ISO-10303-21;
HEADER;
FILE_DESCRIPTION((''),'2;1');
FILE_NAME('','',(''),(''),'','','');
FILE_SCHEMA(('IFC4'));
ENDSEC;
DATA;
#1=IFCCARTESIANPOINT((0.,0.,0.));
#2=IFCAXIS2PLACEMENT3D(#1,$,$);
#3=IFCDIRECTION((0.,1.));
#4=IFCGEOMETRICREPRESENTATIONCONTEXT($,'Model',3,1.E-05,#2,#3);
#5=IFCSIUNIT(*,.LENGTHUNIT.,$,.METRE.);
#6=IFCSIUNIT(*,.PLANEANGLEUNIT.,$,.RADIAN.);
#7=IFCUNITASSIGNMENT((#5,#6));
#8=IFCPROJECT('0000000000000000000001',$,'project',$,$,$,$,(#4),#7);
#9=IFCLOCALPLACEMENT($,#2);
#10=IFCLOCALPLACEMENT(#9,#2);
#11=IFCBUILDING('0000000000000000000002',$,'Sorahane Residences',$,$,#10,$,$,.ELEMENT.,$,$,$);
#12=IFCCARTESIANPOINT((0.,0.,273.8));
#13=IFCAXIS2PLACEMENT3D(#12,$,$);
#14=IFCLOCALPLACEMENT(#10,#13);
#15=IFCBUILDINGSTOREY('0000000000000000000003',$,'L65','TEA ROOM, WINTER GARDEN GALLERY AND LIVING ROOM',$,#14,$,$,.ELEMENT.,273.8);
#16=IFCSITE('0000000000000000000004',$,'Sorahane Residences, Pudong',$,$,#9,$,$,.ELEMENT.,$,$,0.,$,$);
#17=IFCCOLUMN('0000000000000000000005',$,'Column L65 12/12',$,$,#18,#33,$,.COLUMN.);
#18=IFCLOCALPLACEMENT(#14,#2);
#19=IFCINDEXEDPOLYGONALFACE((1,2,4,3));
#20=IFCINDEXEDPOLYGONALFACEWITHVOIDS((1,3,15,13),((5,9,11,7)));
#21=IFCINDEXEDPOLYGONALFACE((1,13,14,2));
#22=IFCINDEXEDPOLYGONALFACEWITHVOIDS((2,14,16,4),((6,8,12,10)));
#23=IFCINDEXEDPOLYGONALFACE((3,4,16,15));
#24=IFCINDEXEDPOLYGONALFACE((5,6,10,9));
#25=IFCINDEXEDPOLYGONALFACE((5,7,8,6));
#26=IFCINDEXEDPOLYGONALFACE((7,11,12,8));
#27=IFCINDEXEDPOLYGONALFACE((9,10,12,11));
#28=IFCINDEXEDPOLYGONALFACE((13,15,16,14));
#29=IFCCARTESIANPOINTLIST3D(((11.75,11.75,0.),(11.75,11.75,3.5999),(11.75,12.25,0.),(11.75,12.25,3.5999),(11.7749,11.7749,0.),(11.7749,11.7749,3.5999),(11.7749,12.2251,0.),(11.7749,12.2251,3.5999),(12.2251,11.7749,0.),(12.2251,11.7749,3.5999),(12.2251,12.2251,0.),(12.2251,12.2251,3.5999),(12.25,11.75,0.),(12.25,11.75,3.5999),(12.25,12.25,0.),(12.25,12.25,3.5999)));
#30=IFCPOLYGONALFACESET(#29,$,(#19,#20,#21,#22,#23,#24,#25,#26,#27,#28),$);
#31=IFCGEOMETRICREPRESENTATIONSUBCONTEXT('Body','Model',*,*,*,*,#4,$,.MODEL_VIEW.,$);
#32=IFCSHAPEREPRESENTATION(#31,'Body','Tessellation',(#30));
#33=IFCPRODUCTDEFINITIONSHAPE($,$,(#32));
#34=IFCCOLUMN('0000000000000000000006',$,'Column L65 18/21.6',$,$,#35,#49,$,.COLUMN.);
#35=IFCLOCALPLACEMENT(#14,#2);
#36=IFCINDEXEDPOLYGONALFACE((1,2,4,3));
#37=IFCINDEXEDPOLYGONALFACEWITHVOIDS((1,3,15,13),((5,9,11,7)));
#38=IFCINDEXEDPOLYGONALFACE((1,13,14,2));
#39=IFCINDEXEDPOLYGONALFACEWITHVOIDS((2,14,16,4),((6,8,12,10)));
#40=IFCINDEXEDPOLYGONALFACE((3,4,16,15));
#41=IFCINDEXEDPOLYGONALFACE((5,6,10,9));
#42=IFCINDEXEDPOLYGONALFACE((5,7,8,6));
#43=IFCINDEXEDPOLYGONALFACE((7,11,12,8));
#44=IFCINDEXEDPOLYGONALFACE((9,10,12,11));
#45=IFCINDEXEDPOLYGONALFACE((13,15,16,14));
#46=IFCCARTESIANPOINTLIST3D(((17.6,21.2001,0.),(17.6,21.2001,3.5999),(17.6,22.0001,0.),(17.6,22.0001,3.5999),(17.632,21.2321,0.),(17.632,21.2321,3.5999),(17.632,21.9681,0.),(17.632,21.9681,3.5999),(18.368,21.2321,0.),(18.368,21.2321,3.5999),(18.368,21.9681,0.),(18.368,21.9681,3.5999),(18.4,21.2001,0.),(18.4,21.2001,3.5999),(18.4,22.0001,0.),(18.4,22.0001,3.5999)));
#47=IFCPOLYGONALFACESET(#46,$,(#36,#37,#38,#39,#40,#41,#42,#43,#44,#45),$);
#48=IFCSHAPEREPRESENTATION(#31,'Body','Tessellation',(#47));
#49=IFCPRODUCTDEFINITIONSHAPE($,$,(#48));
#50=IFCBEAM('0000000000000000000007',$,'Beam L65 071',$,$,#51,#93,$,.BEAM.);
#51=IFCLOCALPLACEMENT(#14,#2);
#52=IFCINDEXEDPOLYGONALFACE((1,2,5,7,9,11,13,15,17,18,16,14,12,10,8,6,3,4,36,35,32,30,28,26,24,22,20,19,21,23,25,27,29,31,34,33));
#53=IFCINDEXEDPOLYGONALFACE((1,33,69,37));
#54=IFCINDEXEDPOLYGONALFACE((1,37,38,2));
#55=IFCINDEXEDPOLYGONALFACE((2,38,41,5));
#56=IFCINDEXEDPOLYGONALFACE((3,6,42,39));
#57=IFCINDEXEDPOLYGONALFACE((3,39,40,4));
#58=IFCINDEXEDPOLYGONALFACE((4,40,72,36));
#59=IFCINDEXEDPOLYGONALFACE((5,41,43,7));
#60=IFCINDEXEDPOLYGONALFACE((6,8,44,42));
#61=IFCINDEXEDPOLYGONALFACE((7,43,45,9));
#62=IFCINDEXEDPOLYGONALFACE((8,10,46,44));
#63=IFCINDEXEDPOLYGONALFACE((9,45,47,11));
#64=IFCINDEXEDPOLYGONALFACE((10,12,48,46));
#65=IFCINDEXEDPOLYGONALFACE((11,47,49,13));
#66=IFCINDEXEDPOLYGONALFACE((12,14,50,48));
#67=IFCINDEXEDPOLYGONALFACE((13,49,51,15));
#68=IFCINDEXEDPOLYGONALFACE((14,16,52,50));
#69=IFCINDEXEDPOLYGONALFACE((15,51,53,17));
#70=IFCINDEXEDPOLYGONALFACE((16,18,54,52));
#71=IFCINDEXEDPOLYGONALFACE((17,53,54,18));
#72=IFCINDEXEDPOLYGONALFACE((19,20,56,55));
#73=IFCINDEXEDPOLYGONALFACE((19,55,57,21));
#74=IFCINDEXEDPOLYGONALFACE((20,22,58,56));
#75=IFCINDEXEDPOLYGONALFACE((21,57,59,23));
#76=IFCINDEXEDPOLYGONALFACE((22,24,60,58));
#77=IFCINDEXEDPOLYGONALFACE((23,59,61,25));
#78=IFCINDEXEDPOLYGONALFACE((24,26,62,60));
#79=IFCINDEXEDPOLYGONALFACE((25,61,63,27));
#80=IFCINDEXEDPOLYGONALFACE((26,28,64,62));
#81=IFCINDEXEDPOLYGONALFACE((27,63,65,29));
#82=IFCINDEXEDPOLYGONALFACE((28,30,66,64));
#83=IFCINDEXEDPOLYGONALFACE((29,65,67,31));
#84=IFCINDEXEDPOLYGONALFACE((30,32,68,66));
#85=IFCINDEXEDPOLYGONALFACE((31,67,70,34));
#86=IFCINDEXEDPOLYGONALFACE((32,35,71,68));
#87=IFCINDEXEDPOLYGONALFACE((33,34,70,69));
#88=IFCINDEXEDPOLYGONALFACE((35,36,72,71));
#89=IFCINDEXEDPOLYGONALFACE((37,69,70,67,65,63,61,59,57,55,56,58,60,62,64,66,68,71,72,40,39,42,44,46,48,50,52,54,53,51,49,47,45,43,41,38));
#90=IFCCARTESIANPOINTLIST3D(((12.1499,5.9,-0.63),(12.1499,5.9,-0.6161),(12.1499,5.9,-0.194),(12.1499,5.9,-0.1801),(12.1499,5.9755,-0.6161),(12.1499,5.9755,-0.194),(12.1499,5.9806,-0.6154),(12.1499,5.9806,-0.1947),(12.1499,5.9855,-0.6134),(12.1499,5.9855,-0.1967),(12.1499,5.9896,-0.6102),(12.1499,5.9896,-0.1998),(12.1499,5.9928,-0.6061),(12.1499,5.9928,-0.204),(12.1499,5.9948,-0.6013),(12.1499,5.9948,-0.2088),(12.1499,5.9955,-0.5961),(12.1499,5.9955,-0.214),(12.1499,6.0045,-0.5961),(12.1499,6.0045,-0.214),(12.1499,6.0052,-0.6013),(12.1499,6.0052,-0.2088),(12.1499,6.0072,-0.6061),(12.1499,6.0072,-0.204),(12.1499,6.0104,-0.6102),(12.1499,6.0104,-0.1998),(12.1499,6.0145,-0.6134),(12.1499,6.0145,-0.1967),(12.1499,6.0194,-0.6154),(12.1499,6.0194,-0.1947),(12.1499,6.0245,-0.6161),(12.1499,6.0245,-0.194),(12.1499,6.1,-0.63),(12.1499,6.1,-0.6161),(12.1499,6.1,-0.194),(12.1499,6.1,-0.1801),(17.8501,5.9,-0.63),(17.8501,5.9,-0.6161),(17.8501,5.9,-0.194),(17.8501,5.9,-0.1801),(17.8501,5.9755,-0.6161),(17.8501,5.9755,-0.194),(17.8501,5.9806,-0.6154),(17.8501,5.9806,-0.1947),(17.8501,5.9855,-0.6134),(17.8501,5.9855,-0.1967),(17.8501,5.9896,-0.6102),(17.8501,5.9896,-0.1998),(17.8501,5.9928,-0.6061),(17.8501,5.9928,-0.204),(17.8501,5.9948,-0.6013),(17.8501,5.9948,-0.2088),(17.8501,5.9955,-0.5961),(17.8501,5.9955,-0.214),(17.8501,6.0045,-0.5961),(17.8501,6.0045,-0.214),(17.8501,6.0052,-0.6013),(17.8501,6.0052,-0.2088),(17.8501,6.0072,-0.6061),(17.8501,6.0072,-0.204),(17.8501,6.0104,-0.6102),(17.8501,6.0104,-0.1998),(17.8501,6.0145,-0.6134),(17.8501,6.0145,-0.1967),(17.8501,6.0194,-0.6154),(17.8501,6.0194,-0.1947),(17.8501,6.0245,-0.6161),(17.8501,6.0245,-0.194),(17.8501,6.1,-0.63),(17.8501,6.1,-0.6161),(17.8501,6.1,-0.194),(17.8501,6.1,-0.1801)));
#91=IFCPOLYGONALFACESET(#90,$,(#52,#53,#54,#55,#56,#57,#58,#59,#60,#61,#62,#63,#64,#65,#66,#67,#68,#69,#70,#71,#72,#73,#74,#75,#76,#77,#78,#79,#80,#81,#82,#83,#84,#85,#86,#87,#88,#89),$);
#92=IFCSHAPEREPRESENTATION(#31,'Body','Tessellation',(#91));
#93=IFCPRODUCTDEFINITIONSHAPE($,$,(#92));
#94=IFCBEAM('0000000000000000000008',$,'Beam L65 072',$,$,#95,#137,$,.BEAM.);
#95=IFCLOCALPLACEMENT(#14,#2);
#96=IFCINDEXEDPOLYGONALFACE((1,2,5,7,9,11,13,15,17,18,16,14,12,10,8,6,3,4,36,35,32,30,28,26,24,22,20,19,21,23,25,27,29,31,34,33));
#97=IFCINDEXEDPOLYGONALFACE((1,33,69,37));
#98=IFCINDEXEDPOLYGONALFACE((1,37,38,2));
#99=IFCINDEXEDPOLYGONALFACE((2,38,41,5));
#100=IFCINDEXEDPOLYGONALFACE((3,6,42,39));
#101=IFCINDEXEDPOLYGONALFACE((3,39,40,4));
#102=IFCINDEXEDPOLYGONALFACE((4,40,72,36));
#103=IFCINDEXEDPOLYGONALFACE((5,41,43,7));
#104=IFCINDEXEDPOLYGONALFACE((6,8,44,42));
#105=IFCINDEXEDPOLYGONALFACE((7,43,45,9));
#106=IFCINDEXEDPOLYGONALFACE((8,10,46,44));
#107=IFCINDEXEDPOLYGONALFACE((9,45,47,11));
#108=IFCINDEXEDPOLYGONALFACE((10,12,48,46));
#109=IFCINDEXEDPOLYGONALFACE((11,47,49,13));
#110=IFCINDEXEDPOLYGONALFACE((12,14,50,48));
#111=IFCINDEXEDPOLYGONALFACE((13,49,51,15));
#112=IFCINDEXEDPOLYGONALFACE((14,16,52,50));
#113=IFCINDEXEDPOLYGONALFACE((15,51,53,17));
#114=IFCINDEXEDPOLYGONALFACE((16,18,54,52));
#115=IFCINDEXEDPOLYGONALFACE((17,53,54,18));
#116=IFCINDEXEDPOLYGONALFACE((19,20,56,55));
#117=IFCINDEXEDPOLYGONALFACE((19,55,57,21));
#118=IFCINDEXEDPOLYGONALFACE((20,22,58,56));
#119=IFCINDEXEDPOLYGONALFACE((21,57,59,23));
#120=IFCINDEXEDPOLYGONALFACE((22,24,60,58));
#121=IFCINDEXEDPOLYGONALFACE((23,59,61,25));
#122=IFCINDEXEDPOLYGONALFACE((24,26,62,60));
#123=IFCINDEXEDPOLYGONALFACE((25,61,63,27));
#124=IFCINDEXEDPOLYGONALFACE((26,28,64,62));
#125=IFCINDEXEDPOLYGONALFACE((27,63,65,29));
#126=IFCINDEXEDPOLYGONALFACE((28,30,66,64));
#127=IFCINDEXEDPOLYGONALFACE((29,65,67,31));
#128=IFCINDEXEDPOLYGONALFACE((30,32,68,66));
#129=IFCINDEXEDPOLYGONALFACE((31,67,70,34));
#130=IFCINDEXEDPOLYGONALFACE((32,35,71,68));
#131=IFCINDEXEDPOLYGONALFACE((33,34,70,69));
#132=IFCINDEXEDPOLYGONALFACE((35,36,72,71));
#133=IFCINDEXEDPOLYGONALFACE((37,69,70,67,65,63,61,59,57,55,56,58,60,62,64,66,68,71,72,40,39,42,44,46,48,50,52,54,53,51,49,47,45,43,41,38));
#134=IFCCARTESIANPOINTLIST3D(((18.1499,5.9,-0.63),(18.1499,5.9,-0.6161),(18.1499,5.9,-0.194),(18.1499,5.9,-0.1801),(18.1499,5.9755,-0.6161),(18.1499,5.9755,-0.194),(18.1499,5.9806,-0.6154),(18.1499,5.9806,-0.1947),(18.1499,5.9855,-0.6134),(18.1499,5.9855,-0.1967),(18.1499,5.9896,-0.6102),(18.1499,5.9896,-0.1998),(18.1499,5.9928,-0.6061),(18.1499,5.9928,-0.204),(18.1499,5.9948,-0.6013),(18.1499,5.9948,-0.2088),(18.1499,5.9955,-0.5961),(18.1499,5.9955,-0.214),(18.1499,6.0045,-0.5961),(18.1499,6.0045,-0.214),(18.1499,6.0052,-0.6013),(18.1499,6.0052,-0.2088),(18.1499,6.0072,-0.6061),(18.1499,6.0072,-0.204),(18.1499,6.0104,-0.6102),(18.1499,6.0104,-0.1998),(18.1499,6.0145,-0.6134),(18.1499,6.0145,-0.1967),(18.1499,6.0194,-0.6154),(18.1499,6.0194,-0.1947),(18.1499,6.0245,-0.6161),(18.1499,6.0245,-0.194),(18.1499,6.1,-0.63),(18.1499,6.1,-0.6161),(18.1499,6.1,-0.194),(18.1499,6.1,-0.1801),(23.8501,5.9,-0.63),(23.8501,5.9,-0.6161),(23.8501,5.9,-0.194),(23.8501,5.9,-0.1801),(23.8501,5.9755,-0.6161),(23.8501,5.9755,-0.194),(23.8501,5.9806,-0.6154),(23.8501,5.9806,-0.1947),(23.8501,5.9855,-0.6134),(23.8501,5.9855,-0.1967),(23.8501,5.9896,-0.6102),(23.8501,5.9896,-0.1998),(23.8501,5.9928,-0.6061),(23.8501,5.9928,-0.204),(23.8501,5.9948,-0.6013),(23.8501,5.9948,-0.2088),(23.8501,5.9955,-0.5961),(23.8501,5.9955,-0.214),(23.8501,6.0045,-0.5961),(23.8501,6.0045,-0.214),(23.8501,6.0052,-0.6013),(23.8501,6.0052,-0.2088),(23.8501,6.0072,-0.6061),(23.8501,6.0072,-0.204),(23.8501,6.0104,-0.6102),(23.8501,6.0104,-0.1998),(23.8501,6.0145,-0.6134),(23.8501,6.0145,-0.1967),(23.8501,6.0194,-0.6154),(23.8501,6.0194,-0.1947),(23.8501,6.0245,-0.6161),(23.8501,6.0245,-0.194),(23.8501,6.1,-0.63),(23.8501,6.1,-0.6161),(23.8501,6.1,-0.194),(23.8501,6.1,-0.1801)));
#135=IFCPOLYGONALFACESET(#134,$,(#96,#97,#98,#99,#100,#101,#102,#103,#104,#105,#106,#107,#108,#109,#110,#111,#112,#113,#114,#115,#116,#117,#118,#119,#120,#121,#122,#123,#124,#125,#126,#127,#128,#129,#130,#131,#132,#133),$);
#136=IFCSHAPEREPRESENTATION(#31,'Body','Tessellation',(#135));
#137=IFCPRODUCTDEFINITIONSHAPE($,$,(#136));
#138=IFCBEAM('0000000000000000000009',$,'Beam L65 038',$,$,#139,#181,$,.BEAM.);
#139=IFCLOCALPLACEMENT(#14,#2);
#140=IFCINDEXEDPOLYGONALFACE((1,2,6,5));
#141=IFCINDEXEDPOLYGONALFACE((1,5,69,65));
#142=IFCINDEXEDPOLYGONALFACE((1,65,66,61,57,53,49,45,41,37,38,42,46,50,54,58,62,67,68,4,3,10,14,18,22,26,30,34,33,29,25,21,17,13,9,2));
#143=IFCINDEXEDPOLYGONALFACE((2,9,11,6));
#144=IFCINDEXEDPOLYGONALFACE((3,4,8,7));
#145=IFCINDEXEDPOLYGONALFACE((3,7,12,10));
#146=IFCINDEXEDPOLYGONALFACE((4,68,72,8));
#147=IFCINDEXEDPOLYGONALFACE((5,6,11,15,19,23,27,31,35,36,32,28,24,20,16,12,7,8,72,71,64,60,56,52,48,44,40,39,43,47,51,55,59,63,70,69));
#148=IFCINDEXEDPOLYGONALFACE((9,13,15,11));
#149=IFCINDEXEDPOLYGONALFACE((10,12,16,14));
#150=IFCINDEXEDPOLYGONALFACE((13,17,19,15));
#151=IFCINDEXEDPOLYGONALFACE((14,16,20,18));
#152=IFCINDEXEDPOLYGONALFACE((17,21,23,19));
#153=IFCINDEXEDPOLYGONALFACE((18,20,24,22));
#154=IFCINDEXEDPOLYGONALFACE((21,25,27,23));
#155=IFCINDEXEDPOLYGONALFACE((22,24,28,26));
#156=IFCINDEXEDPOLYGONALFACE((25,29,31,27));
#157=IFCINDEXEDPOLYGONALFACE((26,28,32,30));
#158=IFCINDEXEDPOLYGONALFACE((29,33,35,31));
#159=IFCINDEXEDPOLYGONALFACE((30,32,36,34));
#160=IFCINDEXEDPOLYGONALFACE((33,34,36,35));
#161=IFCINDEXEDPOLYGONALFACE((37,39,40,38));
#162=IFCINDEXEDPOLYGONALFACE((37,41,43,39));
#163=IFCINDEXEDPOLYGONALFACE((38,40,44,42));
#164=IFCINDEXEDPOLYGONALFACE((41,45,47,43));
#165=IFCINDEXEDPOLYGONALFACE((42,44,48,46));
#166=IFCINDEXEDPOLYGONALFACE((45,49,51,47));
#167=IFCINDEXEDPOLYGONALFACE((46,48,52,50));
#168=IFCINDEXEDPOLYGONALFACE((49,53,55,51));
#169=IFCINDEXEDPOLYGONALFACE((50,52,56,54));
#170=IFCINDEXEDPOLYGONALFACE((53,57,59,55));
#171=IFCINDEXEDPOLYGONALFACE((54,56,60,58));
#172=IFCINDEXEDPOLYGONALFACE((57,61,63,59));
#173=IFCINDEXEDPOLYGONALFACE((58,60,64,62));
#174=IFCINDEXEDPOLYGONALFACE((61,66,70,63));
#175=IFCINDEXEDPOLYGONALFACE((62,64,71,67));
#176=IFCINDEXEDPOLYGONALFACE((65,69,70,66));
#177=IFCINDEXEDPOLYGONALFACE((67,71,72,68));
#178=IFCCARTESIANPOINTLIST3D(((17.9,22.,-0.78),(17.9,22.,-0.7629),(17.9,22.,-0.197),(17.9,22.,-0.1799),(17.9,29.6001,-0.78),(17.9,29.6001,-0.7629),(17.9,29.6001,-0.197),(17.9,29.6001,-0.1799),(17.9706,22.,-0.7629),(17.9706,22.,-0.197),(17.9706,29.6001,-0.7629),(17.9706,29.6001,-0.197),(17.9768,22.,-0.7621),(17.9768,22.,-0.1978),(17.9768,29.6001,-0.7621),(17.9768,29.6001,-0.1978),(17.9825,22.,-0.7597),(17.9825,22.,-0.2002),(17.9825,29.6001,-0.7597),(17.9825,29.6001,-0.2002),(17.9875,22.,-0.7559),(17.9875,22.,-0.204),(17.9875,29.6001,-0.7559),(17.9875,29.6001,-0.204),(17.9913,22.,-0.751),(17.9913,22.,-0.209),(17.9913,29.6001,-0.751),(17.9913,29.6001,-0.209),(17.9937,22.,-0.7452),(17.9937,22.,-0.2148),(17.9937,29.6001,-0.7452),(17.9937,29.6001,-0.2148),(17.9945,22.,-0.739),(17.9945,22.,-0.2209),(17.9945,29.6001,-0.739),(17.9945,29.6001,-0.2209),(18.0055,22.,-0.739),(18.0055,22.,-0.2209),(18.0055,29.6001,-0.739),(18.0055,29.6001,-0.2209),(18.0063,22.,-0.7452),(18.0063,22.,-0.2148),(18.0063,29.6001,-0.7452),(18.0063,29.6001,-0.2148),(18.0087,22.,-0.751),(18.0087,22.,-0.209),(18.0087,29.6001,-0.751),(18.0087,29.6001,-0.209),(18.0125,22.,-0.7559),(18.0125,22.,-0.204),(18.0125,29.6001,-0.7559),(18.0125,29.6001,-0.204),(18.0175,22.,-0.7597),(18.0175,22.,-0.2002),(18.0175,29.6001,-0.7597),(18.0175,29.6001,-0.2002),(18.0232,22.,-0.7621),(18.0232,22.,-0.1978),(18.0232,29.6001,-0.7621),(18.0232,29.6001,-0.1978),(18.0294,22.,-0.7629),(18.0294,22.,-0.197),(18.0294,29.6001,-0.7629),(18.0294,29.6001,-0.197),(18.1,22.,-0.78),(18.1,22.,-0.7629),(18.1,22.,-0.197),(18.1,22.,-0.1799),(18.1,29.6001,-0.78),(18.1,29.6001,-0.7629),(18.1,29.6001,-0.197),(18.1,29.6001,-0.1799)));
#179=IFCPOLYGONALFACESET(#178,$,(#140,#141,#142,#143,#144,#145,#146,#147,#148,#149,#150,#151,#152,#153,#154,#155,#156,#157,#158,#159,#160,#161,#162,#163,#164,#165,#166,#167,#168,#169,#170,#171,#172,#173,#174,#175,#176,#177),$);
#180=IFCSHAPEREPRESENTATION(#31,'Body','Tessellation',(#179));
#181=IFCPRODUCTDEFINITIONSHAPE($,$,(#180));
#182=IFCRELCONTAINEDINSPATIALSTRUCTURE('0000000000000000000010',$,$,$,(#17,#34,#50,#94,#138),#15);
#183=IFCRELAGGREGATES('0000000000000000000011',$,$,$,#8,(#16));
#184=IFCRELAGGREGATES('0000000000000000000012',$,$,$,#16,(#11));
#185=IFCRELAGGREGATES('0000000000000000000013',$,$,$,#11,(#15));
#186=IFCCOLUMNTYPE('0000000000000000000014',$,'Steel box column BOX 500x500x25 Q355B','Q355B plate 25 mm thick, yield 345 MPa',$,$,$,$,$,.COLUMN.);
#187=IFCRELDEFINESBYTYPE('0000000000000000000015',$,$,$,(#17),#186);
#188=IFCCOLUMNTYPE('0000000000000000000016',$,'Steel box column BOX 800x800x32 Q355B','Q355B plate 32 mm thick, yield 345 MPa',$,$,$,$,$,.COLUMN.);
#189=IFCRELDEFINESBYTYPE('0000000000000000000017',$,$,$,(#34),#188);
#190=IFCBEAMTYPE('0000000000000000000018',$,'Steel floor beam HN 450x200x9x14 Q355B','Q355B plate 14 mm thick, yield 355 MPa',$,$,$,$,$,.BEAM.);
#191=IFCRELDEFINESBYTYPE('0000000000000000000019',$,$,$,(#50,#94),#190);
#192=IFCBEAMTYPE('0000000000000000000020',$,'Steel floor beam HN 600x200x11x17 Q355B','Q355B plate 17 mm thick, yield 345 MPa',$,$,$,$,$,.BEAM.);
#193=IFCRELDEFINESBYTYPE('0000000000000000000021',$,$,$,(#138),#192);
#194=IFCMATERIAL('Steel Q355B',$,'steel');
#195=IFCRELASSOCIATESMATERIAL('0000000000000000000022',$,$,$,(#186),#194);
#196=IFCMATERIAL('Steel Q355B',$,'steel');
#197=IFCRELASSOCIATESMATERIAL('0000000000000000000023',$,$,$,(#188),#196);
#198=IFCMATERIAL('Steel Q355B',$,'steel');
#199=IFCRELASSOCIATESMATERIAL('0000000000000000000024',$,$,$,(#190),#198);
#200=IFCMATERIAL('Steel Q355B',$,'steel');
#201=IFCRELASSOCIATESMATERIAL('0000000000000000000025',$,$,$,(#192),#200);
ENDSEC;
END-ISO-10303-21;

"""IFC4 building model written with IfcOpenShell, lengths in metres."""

from ifc_helpers import new_model, si_unit, direction, frame, origin, origin_2d, place, context, subcontext, project, spatial, hollow_rectangle, i_section, extrude, material, material_profile, profile_set, type_object, element, save


model = new_model("IFC4")

# Units and contexts
model_context = context("Model", 3, precision=1e-05, world=origin(), true_north=direction((0.0, 1.0)))
body_context = subcontext(model_context, "Body", "Model", "MODEL_VIEW")
ifc_project = project(units=[si_unit("LENGTHUNIT", "METRE"), si_unit("PLANEANGLEUNIT", "RADIAN")], contexts=[model_context])

# Site, building, storey
site_placement = place(None, origin())
site = spatial("IfcSite", under=ifc_project, at=site_placement, Name="Sorahane Residences, Pudong", CompositionType="ELEMENT", RefElevation=0.0)
building_placement = place(site_placement, origin())
building = spatial("IfcBuilding", under=site, at=building_placement, Name="Sorahane Residences", CompositionType="ELEMENT")
storey_placement = place(building_placement, frame((0.0, 0.0, 273.8)))
storey = spatial("IfcBuildingStorey", under=building, at=storey_placement, Name="L65", Description="TEA ROOM, WINTER GARDEN GALLERY AND LIVING ROOM", CompositionType="ELEMENT", Elevation=273.8)

# Columns
ifc_material_1 = material(Name="Steel Q355B", Category="steel")
ifc_material_profile_1 = material_profile(ifc_material_1, hollow_rectangle(XDim=0.5, YDim=0.5, WallThickness=0.0249, at=origin_2d()), Name="BOX 500x500x25")
ifc_profile_set_1 = profile_set([ifc_material_profile_1], Name="Steel Q355B")
column_type_1 = type_object("IfcColumnType", Name="Steel box column BOX 500x500x25 Q355B", Description="Q355B plate 25 mm thick, yield 345 MPa", PredefinedType="COLUMN", material=ifc_profile_set_1)
column_1_placement = place(storey_placement, frame((12.0, 12.0, 0.0), z_axis=(0.0, 0.0, 1.0), x_axis=(1.0, 0.0, 0.0)))
element("IfcColumn", 1, at=column_1_placement, inside=storey, type_object=column_type_1, Name="Column L65 12/12", PredefinedType="COLUMN", context=body_context, shape_type="SweptSolid", body=[
    extrude(hollow_rectangle(XDim=0.5, YDim=0.5, WallThickness=0.0249, at=origin_2d()), origin(), (0.0, 0.0, 1.0), 3.5999),
])
ifc_material_2 = material(Name="Steel Q355B", Category="steel")
ifc_material_profile_2 = material_profile(ifc_material_2, hollow_rectangle(XDim=0.8, YDim=0.8, WallThickness=0.032, at=origin_2d()), Name="BOX 800x800x32")
ifc_profile_set_2 = profile_set([ifc_material_profile_2], Name="Steel Q355B")
column_type_2 = type_object("IfcColumnType", Name="Steel box column BOX 800x800x32 Q355B", Description="Q355B plate 32 mm thick, yield 345 MPa", PredefinedType="COLUMN", material=ifc_profile_set_2)
column_2_placement = place(storey_placement, frame((18.0, 21.6001, 0.0), z_axis=(0.0, 0.0, 1.0), x_axis=(1.0, 0.0, 0.0)))
element("IfcColumn", 2, at=column_2_placement, inside=storey, type_object=column_type_2, Name="Column L65 18/21.6", PredefinedType="COLUMN", context=body_context, shape_type="SweptSolid", body=[
    extrude(hollow_rectangle(XDim=0.8, YDim=0.8, WallThickness=0.032, at=origin_2d()), origin(), (0.0, 0.0, 1.0), 3.5999),
])

# Beams
ifc_material_3 = material(Name="Steel Q355B", Category="steel")
ifc_material_profile_3 = material_profile(ifc_material_3, i_section(OverallWidth=0.2, OverallDepth=0.45, WebThickness=0.009, FlangeThickness=0.0139, FilletRadius=0.02, at=origin_2d()), Name="HN 450x200x9x14")
ifc_profile_set_3 = profile_set([ifc_material_profile_3], Name="Steel Q355B")
beam_type_1 = type_object("IfcBeamType", Name="Steel floor beam HN 450x200x9x14 Q355B", Description="Q355B plate 14 mm thick, yield 355 MPa", PredefinedType="BEAM", material=ifc_profile_set_3)
for number, where, z_axis, x_axis, name in (
    (3, (12.1499, 6.0, -0.405), (1.0, 0.0, 0.0), (0.0, 1.0, 0.0), "Beam L65 071"),
    (4, (18.1499, 6.0, -0.405), (1.0, 0.0, 0.0), (0.0, 1.0, 0.0), "Beam L65 072"),
):
    element("IfcBeam", number, at=place(storey_placement, frame(where, z_axis=z_axis, x_axis=x_axis)), inside=storey, type_object=beam_type_1, Name=name, PredefinedType="BEAM", context=body_context, shape_type="SweptSolid", body=[
        extrude(i_section(OverallWidth=0.2, OverallDepth=0.45, WebThickness=0.009, FlangeThickness=0.0139, FilletRadius=0.02, at=origin_2d()), origin(), (0.0, 0.0, 1.0), 5.7002),
    ])
ifc_material_4 = material(Name="Steel Q355B", Category="steel")
ifc_material_profile_4 = material_profile(ifc_material_4, i_section(OverallWidth=0.2, OverallDepth=0.6001, WebThickness=0.011, FlangeThickness=0.0171, FilletRadius=0.0239, at=origin_2d()), Name="HN 600x200x11x17")
ifc_profile_set_4 = profile_set([ifc_material_profile_4], Name="Steel Q355B")
beam_type_2 = type_object("IfcBeamType", Name="Steel floor beam HN 600x200x11x17 Q355B", Description="Q355B plate 17 mm thick, yield 345 MPa", PredefinedType="BEAM", material=ifc_profile_set_4)
beam_1_placement = place(storey_placement, frame((18.0, 22.0, -0.48), z_axis=(0.0, 1.0, 0.0), x_axis=(-1.0, 0.0, 0.0)))
element("IfcBeam", 5, at=beam_1_placement, inside=storey, type_object=beam_type_2, Name="Beam L65 038", PredefinedType="BEAM", context=body_context, shape_type="SweptSolid", body=[
    extrude(i_section(OverallWidth=0.2, OverallDepth=0.6001, WebThickness=0.011, FlangeThickness=0.0171, FilletRadius=0.0239, at=origin_2d()), origin(), (0.0, 0.0, 1.0), 7.6001),
])

save(model, "model.ifc")
